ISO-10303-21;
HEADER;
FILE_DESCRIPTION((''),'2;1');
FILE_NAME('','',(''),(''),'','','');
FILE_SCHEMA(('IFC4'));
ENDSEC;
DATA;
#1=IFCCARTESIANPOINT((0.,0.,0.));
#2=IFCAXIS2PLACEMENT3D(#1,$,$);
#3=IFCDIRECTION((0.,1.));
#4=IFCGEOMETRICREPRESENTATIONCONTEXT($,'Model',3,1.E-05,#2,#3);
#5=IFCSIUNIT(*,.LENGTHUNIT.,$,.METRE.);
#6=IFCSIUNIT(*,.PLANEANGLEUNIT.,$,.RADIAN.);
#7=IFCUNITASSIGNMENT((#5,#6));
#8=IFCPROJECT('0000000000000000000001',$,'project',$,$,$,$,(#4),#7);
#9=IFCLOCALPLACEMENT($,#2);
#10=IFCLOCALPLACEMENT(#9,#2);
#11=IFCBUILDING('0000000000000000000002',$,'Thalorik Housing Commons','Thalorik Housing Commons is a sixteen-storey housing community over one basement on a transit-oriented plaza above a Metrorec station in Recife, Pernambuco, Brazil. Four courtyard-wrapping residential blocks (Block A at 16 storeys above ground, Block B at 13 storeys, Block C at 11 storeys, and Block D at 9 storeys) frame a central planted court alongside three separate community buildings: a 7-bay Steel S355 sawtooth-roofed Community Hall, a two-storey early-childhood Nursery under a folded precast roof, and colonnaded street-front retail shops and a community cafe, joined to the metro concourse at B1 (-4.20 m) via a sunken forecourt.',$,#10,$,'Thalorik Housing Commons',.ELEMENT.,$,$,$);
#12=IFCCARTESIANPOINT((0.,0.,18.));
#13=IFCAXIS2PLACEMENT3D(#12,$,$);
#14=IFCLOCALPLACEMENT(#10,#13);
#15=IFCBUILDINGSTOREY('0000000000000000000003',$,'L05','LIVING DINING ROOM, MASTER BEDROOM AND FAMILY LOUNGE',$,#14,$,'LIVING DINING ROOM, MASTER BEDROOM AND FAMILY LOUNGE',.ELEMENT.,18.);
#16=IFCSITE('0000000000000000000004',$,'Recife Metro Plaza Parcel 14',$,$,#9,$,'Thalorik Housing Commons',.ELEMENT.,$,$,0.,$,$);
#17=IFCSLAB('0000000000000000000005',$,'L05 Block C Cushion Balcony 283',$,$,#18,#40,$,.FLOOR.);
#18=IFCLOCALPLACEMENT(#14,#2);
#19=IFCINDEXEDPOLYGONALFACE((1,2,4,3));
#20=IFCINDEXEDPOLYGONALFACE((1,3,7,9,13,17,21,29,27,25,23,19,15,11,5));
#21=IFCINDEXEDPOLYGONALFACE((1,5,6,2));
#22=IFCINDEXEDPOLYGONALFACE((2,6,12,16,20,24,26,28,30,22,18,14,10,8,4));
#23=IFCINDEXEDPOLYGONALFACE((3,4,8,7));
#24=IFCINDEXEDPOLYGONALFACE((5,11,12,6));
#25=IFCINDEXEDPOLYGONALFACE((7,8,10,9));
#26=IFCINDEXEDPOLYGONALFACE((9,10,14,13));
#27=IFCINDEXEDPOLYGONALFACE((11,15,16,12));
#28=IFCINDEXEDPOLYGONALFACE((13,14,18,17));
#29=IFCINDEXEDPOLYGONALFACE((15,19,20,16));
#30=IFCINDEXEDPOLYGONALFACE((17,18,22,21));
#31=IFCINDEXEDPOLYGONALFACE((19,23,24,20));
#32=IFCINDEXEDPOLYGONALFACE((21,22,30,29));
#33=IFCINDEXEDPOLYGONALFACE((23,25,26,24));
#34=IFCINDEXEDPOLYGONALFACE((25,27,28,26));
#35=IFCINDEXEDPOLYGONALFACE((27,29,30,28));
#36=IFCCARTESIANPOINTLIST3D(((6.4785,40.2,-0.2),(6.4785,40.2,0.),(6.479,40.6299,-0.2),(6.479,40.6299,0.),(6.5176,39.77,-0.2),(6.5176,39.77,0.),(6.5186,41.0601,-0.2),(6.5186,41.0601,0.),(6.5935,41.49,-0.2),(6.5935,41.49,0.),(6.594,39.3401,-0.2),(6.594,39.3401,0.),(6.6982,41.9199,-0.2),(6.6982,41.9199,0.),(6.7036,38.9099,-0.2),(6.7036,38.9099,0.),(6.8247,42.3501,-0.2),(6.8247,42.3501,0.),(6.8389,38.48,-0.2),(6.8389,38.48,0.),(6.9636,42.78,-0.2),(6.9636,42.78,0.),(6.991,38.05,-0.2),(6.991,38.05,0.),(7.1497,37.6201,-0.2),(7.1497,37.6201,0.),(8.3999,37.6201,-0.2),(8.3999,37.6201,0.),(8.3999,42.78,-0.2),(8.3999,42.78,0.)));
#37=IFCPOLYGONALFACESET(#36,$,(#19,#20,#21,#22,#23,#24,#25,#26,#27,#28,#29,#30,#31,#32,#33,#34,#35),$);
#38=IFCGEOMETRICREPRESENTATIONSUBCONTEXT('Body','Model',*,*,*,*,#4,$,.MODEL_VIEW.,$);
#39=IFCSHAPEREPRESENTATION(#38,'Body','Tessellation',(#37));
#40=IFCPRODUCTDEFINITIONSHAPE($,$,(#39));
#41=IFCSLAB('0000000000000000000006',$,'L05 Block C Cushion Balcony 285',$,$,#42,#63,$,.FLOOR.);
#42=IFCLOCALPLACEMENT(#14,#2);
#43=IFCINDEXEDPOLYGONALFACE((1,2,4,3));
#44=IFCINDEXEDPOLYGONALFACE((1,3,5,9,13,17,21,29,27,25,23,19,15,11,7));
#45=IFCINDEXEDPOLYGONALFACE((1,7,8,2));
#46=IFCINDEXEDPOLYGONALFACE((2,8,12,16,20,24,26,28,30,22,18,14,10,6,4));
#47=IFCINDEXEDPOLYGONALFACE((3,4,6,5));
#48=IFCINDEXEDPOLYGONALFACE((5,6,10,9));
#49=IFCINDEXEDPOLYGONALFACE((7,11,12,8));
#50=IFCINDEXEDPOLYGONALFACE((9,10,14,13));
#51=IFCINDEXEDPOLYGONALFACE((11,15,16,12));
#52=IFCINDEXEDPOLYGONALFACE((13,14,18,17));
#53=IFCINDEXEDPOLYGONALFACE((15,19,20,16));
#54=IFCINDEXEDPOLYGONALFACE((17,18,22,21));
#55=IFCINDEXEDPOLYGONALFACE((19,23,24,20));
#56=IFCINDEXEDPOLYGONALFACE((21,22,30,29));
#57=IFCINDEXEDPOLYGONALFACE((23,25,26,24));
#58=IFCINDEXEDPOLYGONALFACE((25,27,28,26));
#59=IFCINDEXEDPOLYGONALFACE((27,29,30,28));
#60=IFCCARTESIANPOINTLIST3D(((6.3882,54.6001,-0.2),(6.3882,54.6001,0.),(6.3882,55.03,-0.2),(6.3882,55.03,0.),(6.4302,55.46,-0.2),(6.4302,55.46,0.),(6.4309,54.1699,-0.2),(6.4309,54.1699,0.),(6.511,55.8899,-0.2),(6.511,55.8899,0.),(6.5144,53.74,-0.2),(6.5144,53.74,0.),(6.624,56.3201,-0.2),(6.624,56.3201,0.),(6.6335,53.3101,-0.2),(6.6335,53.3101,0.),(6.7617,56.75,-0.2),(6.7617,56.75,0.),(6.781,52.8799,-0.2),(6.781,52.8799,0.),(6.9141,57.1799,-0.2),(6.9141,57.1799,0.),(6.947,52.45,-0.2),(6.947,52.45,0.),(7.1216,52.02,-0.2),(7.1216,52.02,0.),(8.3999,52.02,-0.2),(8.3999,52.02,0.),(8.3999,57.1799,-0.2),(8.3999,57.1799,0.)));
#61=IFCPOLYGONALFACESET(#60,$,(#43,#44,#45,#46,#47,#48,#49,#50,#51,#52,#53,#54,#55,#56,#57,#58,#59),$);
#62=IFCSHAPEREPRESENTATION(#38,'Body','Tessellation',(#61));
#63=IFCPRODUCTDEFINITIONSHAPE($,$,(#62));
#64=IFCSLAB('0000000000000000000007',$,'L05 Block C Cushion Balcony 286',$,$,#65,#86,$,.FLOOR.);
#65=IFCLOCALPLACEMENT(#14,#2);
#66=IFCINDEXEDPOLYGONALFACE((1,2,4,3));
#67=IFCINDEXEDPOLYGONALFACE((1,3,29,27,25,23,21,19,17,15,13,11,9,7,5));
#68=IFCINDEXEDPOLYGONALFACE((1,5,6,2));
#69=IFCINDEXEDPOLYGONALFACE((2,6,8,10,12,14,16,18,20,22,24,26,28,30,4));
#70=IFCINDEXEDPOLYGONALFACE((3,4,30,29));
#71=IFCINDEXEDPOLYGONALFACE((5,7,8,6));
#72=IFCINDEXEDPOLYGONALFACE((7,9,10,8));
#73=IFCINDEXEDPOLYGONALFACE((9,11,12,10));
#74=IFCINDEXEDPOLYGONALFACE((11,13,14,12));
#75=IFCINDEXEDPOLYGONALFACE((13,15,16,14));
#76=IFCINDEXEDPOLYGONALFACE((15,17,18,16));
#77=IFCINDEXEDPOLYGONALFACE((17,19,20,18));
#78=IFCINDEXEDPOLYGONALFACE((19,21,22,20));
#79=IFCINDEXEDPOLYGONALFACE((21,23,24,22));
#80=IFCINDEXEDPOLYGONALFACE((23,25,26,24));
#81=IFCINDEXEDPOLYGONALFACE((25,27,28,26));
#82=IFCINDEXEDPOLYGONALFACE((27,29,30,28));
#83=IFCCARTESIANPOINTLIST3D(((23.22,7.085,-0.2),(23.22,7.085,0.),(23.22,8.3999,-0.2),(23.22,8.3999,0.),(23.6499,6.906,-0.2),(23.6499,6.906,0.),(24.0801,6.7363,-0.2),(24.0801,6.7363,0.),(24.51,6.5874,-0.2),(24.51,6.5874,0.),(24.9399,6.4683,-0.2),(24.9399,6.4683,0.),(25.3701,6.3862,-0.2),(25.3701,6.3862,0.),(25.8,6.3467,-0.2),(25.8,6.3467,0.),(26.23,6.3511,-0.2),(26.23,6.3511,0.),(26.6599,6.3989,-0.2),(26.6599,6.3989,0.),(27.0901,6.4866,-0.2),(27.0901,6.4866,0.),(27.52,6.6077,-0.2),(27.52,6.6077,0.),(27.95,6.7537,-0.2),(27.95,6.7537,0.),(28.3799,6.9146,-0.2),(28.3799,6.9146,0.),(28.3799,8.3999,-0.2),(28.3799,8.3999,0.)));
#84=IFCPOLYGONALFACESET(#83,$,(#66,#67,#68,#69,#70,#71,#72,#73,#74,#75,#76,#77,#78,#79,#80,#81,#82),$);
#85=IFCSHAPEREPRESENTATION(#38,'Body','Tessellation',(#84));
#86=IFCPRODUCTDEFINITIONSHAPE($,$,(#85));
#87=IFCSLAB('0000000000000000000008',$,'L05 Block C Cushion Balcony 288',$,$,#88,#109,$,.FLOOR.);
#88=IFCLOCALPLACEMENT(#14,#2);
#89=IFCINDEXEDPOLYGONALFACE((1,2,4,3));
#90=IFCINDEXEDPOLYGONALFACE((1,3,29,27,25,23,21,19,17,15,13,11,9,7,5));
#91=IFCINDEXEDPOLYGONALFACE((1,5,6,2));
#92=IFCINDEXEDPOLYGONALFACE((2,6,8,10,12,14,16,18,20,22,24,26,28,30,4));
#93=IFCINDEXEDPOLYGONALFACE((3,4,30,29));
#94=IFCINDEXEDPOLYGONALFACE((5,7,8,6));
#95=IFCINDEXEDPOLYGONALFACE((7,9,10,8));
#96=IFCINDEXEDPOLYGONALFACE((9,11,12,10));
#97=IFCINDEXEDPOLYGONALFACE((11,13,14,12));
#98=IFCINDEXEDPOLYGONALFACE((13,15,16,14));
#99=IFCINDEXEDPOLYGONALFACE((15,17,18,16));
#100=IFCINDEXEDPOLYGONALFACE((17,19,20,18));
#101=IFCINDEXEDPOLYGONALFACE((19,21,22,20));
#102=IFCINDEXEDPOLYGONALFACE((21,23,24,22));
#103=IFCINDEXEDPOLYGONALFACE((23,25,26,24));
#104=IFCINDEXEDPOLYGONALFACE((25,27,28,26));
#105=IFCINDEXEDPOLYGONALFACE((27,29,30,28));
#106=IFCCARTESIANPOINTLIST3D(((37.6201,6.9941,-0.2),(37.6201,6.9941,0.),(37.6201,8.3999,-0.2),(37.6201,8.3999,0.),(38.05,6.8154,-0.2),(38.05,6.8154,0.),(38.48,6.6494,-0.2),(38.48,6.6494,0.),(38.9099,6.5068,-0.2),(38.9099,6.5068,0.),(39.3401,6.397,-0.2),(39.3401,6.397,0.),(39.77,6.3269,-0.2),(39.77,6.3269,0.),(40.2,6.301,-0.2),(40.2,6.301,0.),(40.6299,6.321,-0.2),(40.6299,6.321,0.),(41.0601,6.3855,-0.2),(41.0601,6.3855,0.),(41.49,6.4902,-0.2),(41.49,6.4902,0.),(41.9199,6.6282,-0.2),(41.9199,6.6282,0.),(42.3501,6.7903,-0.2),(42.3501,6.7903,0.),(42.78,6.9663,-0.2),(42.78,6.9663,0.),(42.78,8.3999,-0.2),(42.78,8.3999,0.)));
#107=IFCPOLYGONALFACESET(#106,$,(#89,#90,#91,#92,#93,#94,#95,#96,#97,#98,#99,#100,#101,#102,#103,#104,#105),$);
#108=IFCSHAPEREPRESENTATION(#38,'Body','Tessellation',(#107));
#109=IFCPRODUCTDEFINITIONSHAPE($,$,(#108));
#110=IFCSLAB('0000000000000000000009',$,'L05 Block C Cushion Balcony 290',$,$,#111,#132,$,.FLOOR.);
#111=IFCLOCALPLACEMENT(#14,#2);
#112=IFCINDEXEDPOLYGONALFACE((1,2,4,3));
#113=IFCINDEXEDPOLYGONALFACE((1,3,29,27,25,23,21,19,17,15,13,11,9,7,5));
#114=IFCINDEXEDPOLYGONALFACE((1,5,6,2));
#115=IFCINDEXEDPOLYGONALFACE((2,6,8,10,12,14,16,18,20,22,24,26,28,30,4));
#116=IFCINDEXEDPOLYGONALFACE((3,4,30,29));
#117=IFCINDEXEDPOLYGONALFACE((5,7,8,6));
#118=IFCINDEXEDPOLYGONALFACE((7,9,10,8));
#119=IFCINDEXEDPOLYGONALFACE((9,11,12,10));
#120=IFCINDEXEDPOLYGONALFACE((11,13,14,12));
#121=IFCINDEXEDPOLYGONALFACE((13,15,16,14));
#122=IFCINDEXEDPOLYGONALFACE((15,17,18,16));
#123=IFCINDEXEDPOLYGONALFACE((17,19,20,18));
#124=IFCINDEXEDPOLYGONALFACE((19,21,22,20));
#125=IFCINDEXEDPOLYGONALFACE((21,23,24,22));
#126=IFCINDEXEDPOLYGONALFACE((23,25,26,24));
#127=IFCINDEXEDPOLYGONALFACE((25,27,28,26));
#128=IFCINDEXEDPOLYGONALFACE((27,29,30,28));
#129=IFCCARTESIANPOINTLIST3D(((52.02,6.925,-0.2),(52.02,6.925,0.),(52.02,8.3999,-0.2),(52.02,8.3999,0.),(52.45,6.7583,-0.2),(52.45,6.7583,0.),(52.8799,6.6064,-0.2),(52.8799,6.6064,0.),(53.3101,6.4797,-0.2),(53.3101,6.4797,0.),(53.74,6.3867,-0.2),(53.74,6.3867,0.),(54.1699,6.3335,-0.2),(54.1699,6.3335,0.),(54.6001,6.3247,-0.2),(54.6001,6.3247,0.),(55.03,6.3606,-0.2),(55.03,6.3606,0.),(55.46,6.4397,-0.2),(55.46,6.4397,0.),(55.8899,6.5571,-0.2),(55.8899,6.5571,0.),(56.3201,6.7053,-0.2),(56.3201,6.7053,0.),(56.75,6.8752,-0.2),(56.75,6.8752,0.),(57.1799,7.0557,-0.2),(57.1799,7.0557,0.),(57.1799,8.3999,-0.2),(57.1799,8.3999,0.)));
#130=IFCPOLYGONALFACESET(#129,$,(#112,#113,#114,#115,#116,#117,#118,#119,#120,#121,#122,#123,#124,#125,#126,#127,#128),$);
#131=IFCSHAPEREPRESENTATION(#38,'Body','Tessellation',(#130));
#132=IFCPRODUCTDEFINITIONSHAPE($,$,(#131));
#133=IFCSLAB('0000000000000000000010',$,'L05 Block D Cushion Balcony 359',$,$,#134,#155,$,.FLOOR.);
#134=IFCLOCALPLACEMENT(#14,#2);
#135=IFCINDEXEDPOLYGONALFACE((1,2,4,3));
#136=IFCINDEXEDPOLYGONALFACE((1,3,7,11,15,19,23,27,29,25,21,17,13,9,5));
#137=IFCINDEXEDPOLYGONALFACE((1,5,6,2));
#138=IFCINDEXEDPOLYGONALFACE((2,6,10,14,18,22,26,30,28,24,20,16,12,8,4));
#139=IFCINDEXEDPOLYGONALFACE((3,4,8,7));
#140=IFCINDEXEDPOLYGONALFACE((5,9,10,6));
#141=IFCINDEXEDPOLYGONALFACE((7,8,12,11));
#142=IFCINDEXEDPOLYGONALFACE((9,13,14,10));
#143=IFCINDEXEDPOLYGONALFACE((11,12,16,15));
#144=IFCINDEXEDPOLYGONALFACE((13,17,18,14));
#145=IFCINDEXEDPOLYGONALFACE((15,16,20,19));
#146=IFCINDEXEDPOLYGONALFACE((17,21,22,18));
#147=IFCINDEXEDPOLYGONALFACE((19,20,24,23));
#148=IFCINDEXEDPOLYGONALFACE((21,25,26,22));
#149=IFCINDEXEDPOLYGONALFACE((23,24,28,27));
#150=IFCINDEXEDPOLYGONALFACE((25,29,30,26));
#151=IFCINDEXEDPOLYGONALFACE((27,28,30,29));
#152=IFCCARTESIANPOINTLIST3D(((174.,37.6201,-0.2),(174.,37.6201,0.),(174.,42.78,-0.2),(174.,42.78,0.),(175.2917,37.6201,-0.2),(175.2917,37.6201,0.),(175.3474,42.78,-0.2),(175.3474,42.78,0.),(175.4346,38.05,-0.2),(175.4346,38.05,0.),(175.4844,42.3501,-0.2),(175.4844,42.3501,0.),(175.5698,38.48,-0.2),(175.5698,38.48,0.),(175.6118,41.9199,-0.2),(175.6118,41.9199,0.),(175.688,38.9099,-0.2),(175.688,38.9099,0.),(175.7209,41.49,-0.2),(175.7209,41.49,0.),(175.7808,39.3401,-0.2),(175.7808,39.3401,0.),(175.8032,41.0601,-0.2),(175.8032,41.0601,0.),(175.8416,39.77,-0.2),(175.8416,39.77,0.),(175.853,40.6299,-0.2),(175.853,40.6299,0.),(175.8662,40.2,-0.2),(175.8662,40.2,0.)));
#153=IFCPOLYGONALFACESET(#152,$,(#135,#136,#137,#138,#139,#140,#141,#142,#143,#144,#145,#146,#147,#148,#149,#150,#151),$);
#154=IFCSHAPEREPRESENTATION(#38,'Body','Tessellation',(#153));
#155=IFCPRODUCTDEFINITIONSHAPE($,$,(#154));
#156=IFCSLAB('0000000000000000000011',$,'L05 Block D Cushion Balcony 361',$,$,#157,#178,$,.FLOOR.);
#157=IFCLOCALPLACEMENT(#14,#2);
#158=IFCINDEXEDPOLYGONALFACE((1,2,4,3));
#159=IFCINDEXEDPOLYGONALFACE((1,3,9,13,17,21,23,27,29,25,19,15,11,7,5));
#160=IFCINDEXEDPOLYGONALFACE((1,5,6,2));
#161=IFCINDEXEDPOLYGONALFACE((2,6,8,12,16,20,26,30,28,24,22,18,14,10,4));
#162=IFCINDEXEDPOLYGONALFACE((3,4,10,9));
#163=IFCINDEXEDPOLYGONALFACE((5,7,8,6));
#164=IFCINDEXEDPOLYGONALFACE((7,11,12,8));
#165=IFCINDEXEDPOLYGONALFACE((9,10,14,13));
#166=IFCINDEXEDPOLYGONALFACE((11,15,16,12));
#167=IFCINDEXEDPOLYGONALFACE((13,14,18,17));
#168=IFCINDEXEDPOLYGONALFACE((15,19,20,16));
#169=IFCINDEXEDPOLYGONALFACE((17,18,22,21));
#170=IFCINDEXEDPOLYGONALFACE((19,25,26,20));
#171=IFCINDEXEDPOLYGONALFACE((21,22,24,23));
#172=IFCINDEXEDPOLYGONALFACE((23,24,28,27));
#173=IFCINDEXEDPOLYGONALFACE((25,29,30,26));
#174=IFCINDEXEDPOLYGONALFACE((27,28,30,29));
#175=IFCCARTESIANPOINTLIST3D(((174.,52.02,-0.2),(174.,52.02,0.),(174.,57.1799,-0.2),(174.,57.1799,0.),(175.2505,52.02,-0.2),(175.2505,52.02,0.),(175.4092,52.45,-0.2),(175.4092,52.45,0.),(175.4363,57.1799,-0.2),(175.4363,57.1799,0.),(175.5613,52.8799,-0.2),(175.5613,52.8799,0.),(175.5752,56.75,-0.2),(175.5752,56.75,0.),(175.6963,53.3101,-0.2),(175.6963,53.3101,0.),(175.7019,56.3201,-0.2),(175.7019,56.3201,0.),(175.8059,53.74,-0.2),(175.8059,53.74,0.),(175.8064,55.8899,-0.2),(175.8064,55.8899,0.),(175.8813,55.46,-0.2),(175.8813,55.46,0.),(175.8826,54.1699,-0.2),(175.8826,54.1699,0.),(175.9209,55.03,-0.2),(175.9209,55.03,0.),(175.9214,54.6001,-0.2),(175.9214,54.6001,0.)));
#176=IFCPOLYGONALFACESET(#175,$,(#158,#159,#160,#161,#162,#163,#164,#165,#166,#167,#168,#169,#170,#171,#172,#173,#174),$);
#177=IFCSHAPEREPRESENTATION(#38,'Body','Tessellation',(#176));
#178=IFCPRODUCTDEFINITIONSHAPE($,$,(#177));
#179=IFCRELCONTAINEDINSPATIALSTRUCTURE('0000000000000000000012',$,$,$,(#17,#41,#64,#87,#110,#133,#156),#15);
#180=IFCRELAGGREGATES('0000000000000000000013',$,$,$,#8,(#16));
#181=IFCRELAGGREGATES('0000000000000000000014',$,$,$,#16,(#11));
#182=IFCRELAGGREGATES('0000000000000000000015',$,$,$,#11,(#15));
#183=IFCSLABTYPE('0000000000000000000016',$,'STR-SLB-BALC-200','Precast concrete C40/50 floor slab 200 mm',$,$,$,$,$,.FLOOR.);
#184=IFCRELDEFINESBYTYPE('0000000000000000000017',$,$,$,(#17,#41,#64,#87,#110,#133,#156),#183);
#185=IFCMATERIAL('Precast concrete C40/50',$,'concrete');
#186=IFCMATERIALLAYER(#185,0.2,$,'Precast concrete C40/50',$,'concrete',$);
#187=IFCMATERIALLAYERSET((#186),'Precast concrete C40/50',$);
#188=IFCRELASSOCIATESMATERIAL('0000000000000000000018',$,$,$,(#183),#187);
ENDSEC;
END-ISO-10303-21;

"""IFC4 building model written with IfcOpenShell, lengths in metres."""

from ifc_helpers import new_model, si_unit, direction, frame, origin, place, context, subcontext, project, spatial, polyline, outline, extrude, material, layer, layer_set, type_object, element, save


model = new_model("IFC4")

# Units and contexts
model_context = context("Model", 3, precision=1e-05, world=origin(), true_north=direction((0.0, 1.0)))
body_context = subcontext(model_context, "Body", "Model", "MODEL_VIEW")
ifc_project = project(units=[si_unit("LENGTHUNIT", "METRE"), si_unit("PLANEANGLEUNIT", "RADIAN")], contexts=[model_context])

# Site, building, storey
site_placement = place(None, origin())
site = spatial("IfcSite", under=ifc_project, at=site_placement, Name="Recife Metro Plaza Parcel 14", LongName="Thalorik Housing Commons", CompositionType="ELEMENT", RefElevation=0.0)
building_placement = place(site_placement, origin())
building = spatial("IfcBuilding", under=site, at=building_placement, Name="Thalorik Housing Commons", Description="Thalorik Housing Commons is a sixteen-storey housing community over one basement on a transit-oriented plaza above a Metrorec station in Recife, Pernambuco, Brazil. Four courtyard-wrapping residential blocks (Block A at 16 storeys above ground, Block B at 13 storeys, Block C at 11 storeys, and Block D at 9 storeys) frame a central planted court alongside three separate community buildings: a 7-bay Steel S355 sawtooth-roofed Community Hall, a two-storey early-childhood Nursery under a folded precast roof, and colonnaded street-front retail shops and a community cafe, joined to the metro concourse at B1 (-4.20 m) via a sunken forecourt.", LongName="Thalorik Housing Commons", CompositionType="ELEMENT")
storey_placement = place(building_placement, frame((0.0, 0.0, 18.0)))
storey = spatial("IfcBuildingStorey", under=building, at=storey_placement, Name="L05", Description="LIVING DINING ROOM, MASTER BEDROOM AND FAMILY LOUNGE", LongName="LIVING DINING ROOM, MASTER BEDROOM AND FAMILY LOUNGE", CompositionType="ELEMENT", Elevation=18.0)

# Slabs
ifc_material_1 = material(Name="Precast concrete C40/50", Category="concrete")
ifc_layer_1 = layer(ifc_material_1, 0.2, Name="Precast concrete C40/50", Category="concrete")
ifc_layer_set_1 = layer_set([ifc_layer_1], Name="Precast concrete C40/50")
slab_type_1 = type_object("IfcSlabType", Name="STR-SLB-BALC-200", Description="Precast concrete C40/50 floor slab 200 mm", PredefinedType="FLOOR", material=ifc_layer_set_1)
slab_1_placement = place(storey_placement, frame((0.0, 0.0, -0.2)))
element("IfcSlab", 1, at=slab_1_placement, inside=storey, type_object=slab_type_1, Name="L05 Block C Cushion Balcony 283", PredefinedType="FLOOR", context=body_context, shape_type="SweptSolid", body=[
    extrude(outline(polyline([(8.3999, 37.6201), (8.3999, 42.78), (6.9636, 42.78), (6.8247, 42.3501), (6.6982, 41.9199), (6.5935, 41.49), (6.5186, 41.0601), (6.479, 40.6299), (6.4785, 40.2), (6.5176, 39.77), (6.594, 39.3401), (6.7036, 38.9099), (6.8389, 38.48), (6.991, 38.05), (7.1497, 37.6201), (8.3999, 37.6201)])), origin(), (0.0, 0.0, 1.0), 0.2),
])
slab_2_placement = place(storey_placement, frame((0.0, 0.0, -0.2)))
element("IfcSlab", 2, at=slab_2_placement, inside=storey, type_object=slab_type_1, Name="L05 Block C Cushion Balcony 285", PredefinedType="FLOOR", context=body_context, shape_type="SweptSolid", body=[
    extrude(outline(polyline([(8.3999, 52.02), (8.3999, 57.1799), (6.9141, 57.1799), (6.7617, 56.75), (6.624, 56.3201), (6.511, 55.8899), (6.4302, 55.46), (6.3882, 55.03), (6.3882, 54.6001), (6.4309, 54.1699), (6.5144, 53.74), (6.6335, 53.3101), (6.781, 52.8799), (6.947, 52.45), (7.1216, 52.02), (8.3999, 52.02)])), origin(), (0.0, 0.0, 1.0), 0.2),
])
slab_3_placement = place(storey_placement, frame((0.0, 0.0, -0.2)))
element("IfcSlab", 3, at=slab_3_placement, inside=storey, type_object=slab_type_1, Name="L05 Block C Cushion Balcony 286", PredefinedType="FLOOR", context=body_context, shape_type="SweptSolid", body=[
    extrude(outline(polyline([(23.22, 7.085), (23.6499, 6.906), (24.0801, 6.7363), (24.51, 6.5874), (24.9399, 6.4683), (25.3701, 6.3862), (25.8, 6.3467), (26.23, 6.3511), (26.6599, 6.3989), (27.0901, 6.4866), (27.52, 6.6077), (27.95, 6.7537), (28.3799, 6.9146), (28.3799, 8.3999), (23.22, 8.3999), (23.22, 7.085)])), origin(), (0.0, 0.0, 1.0), 0.2),
])
slab_4_placement = place(storey_placement, frame((0.0, 0.0, -0.2)))
element("IfcSlab", 4, at=slab_4_placement, inside=storey, type_object=slab_type_1, Name="L05 Block C Cushion Balcony 288", PredefinedType="FLOOR", context=body_context, shape_type="SweptSolid", body=[
    extrude(outline(polyline([(37.6201, 6.9941), (38.05, 6.8154), (38.48, 6.6494), (38.9099, 6.5068), (39.3401, 6.397), (39.77, 6.3269), (40.2, 6.301), (40.6299, 6.321), (41.0601, 6.3855), (41.49, 6.4902), (41.9199, 6.6282), (42.3501, 6.7903), (42.78, 6.9663), (42.78, 8.3999), (37.6201, 8.3999), (37.6201, 6.9941)])), origin(), (0.0, 0.0, 1.0), 0.2),
])
slab_5_placement = place(storey_placement, frame((0.0, 0.0, -0.2)))
element("IfcSlab", 5, at=slab_5_placement, inside=storey, type_object=slab_type_1, Name="L05 Block C Cushion Balcony 290", PredefinedType="FLOOR", context=body_context, shape_type="SweptSolid", body=[
    extrude(outline(polyline([(52.02, 6.925), (52.45, 6.7583), (52.8799, 6.6064), (53.3101, 6.4797), (53.74, 6.3867), (54.1699, 6.3335), (54.6001, 6.3247), (55.03, 6.3606), (55.46, 6.4397), (55.8899, 6.5571), (56.3201, 6.7053), (56.75, 6.8752), (57.1799, 7.0557), (57.1799, 8.3999), (52.02, 8.3999), (52.02, 6.925)])), origin(), (0.0, 0.0, 1.0), 0.2),
])
slab_6_placement = place(storey_placement, frame((0.0, 0.0, -0.2)))
element("IfcSlab", 6, at=slab_6_placement, inside=storey, type_object=slab_type_1, Name="L05 Block D Cushion Balcony 359", PredefinedType="FLOOR", context=body_context, shape_type="SweptSolid", body=[
    extrude(outline(polyline([(175.2917, 37.6201), (175.4346, 38.05), (175.5698, 38.48), (175.688, 38.9099), (175.7808, 39.3401), (175.8416, 39.77), (175.8662, 40.2), (175.853, 40.6299), (175.8032, 41.0601), (175.7209, 41.49), (175.6118, 41.9199), (175.4844, 42.3501), (175.3474, 42.78), (174.0, 42.78), (174.0, 37.6201), (175.2917, 37.6201)])), origin(), (0.0, 0.0, 1.0), 0.2),
])
slab_7_placement = place(storey_placement, frame((0.0, 0.0, -0.2)))
element("IfcSlab", 7, at=slab_7_placement, inside=storey, type_object=slab_type_1, Name="L05 Block D Cushion Balcony 361", PredefinedType="FLOOR", context=body_context, shape_type="SweptSolid", body=[
    extrude(outline(polyline([(175.2505, 52.02), (175.4092, 52.45), (175.5613, 52.8799), (175.6963, 53.3101), (175.8059, 53.74), (175.8826, 54.1699), (175.9214, 54.6001), (175.9209, 55.03), (175.8813, 55.46), (175.8064, 55.8899), (175.7019, 56.3201), (175.5752, 56.75), (175.4363, 57.1799), (174.0, 57.1799), (174.0, 52.02), (175.2505, 52.02)])), origin(), (0.0, 0.0, 1.0), 0.2),
])

save(model, "model.ifc")
